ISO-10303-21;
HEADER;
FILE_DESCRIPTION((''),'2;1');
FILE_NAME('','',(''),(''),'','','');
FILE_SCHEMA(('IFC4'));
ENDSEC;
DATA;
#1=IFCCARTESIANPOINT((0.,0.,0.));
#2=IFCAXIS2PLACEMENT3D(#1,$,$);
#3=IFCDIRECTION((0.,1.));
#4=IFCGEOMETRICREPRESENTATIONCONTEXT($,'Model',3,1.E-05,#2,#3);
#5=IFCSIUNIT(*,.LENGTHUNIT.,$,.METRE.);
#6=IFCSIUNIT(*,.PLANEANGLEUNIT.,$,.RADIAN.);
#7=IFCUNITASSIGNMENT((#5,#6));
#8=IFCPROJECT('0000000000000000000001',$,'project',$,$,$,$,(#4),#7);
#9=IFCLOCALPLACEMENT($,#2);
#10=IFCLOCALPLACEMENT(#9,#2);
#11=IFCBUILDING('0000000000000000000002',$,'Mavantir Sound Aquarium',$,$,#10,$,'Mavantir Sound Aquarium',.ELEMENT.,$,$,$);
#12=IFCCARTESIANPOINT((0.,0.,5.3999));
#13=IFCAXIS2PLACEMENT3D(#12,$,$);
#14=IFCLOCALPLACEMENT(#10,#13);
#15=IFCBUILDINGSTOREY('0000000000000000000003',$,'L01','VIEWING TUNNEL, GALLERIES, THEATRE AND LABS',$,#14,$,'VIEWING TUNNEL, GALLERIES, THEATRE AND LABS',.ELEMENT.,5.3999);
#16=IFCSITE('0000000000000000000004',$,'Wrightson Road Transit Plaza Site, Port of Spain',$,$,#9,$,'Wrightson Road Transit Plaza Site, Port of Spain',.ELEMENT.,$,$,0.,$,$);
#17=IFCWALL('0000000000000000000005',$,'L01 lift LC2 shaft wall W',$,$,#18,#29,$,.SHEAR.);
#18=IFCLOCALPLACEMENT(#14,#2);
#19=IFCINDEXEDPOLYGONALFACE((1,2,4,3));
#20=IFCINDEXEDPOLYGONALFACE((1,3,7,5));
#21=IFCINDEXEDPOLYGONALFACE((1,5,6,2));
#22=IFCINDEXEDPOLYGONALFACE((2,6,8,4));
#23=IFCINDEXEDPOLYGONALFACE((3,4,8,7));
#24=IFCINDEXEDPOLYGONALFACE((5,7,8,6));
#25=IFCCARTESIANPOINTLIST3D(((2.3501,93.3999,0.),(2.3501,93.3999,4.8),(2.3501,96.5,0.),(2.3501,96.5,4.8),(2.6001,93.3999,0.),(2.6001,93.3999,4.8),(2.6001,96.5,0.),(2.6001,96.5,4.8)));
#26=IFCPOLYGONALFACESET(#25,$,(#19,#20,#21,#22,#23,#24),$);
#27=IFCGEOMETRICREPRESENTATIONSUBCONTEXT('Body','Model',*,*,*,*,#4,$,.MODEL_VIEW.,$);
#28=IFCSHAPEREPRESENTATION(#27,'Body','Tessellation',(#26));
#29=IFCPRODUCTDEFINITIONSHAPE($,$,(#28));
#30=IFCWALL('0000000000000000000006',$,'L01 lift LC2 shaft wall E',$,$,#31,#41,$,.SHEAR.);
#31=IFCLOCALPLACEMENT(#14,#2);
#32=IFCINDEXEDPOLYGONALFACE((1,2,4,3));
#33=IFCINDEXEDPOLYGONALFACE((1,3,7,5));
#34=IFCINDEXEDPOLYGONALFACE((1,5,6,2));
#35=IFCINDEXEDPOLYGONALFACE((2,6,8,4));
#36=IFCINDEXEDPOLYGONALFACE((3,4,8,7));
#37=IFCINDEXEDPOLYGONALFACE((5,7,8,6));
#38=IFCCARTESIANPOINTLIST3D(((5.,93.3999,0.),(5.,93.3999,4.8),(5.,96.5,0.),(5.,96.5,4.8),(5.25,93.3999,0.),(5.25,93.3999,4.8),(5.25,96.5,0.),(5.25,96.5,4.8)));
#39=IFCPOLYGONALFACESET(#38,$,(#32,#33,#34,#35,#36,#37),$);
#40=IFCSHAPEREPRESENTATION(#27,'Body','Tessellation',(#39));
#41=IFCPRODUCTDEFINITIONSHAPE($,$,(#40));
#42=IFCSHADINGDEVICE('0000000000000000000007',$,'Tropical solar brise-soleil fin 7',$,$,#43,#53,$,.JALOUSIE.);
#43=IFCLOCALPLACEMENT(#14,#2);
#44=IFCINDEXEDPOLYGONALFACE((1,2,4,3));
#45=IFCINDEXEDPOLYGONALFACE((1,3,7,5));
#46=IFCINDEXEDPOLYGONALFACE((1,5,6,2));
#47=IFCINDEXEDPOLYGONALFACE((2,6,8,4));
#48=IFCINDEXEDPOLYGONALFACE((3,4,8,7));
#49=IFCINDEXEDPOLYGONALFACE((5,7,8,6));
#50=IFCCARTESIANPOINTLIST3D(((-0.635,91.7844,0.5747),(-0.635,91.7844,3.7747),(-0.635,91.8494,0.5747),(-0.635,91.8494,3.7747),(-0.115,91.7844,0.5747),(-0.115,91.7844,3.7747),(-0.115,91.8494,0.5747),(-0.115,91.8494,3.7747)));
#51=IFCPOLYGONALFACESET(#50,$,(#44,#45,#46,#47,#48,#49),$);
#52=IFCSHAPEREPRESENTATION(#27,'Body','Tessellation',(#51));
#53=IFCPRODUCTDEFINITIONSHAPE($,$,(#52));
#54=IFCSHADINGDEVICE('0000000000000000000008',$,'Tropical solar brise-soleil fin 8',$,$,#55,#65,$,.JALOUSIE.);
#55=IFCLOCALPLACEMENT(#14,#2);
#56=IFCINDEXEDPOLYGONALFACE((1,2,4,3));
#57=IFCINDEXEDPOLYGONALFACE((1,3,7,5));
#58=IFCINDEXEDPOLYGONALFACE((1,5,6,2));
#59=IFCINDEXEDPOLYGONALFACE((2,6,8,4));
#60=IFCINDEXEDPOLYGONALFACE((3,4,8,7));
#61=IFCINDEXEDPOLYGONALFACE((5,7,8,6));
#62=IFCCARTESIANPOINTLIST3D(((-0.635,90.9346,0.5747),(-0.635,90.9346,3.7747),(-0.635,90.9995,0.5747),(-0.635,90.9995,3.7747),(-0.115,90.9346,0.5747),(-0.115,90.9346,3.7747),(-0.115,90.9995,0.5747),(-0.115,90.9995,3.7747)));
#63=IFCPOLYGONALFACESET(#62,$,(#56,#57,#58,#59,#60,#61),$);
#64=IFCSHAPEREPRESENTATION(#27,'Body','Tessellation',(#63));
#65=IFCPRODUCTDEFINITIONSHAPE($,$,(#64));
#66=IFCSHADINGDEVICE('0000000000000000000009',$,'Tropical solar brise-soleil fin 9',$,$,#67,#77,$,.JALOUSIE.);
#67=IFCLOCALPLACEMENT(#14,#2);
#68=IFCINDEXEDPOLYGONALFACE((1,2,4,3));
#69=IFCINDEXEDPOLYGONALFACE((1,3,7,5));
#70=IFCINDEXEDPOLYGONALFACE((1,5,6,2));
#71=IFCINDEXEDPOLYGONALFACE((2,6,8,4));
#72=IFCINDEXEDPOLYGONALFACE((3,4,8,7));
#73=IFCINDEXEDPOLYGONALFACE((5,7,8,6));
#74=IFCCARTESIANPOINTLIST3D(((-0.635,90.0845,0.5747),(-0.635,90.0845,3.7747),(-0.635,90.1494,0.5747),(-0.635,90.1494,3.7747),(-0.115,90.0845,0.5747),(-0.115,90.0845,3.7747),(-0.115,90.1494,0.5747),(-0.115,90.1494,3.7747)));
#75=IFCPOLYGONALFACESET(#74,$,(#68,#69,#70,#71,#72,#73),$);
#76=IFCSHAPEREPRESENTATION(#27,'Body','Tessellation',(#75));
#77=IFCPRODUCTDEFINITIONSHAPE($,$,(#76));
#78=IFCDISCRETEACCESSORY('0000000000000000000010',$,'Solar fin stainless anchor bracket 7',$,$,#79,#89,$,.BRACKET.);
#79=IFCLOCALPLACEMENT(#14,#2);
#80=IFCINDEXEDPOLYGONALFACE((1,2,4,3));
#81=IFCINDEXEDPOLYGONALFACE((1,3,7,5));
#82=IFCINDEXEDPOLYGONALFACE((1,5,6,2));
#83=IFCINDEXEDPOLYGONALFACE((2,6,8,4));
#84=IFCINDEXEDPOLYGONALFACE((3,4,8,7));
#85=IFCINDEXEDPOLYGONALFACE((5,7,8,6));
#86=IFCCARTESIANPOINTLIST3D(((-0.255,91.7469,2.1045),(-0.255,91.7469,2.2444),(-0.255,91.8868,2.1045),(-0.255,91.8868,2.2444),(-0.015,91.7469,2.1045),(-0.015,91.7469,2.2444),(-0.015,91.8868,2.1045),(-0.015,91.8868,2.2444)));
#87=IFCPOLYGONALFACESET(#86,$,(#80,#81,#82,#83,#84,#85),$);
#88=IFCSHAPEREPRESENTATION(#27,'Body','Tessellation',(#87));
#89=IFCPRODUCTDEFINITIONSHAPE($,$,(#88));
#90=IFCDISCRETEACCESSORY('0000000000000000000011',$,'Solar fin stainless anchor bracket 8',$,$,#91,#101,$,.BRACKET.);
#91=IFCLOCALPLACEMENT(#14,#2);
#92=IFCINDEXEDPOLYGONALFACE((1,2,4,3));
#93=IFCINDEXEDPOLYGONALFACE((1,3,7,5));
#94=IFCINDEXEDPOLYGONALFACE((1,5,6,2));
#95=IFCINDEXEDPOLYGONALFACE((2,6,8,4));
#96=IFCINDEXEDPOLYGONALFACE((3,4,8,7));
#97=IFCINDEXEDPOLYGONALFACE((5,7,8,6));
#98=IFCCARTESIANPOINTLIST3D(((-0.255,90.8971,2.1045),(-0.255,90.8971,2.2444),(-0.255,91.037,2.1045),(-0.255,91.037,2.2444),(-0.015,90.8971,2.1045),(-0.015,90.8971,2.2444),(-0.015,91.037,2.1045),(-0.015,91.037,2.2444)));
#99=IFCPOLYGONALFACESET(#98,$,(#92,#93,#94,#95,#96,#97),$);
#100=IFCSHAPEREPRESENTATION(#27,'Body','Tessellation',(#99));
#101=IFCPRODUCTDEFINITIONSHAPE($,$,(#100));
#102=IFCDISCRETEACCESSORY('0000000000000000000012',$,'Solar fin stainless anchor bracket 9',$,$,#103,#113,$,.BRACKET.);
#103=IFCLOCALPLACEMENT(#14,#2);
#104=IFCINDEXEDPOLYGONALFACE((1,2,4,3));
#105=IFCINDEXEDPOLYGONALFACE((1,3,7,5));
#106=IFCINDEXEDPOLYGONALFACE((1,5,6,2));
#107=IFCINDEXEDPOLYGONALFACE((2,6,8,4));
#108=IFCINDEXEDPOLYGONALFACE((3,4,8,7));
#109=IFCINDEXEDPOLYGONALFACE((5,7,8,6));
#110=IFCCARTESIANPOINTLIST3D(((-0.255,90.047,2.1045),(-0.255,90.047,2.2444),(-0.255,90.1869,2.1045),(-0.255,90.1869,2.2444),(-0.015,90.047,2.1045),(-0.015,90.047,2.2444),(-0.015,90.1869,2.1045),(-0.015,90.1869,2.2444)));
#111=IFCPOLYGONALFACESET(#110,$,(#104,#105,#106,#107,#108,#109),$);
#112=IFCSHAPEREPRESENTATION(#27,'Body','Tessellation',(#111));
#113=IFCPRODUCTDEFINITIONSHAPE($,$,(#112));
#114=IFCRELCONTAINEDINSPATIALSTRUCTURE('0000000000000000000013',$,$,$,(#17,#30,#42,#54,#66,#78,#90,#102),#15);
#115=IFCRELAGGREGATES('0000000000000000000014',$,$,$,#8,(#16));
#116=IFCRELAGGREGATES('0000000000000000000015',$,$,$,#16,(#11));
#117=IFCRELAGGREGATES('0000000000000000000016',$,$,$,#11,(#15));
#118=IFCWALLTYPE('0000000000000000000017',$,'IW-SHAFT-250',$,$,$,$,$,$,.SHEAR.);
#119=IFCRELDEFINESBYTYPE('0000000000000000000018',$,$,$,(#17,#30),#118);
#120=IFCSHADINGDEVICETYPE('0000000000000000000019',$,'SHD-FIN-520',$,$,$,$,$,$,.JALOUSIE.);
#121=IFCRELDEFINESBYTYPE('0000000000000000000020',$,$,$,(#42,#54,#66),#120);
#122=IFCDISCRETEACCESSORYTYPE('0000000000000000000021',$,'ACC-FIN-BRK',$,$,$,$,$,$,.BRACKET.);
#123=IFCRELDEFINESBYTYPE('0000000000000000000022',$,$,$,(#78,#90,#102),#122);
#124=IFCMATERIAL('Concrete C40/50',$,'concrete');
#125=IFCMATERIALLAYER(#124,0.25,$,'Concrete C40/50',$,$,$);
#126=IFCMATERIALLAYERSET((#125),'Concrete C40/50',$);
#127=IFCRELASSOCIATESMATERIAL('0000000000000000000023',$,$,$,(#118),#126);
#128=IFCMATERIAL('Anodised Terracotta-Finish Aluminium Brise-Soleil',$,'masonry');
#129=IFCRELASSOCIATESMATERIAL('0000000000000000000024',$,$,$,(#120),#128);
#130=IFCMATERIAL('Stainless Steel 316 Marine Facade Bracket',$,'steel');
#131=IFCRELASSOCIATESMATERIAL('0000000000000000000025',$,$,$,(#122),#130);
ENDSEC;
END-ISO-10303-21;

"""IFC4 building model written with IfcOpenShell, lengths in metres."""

from ifc_helpers import new_model, si_unit, direction, frame, frame_2d, origin, origin_2d, place, context, subcontext, project, spatial, rectangle, extrude, material, layer, layer_set, type_object, element, save


model = new_model("IFC4")

# Units and contexts
model_context = context("Model", 3, precision=1e-05, world=origin(), true_north=direction((0.0, 1.0)))
body_context = subcontext(model_context, "Body", "Model", "MODEL_VIEW")
ifc_project = project(units=[si_unit("LENGTHUNIT", "METRE"), si_unit("PLANEANGLEUNIT", "RADIAN")], contexts=[model_context])

# Site, building, storey
site_placement = place(None, origin())
site = spatial("IfcSite", under=ifc_project, at=site_placement, Name="Wrightson Road Transit Plaza Site, Port of Spain", LongName="Wrightson Road Transit Plaza Site, Port of Spain", CompositionType="ELEMENT", RefElevation=0.0)
building_placement = place(site_placement, origin())
building = spatial("IfcBuilding", under=site, at=building_placement, Name="Mavantir Sound Aquarium", LongName="Mavantir Sound Aquarium", CompositionType="ELEMENT")
storey_placement = place(building_placement, frame((0.0, 0.0, 5.3999)))
storey = spatial("IfcBuildingStorey", under=building, at=storey_placement, Name="L01", Description="VIEWING TUNNEL, GALLERIES, THEATRE AND LABS", LongName="VIEWING TUNNEL, GALLERIES, THEATRE AND LABS", CompositionType="ELEMENT", Elevation=5.3999)

# Shared definitions
ifc_material_1 = material(Name="Concrete C40/50", Category="concrete")

# Walls
ifc_layer_1 = layer(ifc_material_1, 0.25, Name="Concrete C40/50")
ifc_layer_set_1 = layer_set([ifc_layer_1], Name="Concrete C40/50")
wall_type_1 = type_object("IfcWallType", Name="IW-SHAFT-250", PredefinedType="SHEAR", material=ifc_layer_set_1)
for number, where, z_axis, x_axis, name in (
    (1, (2.4751, 93.3999, 0.0), (0.0, 0.0, 1.0), (0.0, 1.0, 0.0), "L01 lift LC2 shaft wall W"),
    (2, (5.125, 93.3999, 0.0), (0.0, 0.0, 1.0), (0.0, 1.0, 0.0), "L01 lift LC2 shaft wall E"),
):
    element("IfcWall", number, at=place(storey_placement, frame(where, z_axis=z_axis, x_axis=x_axis)), inside=storey, type_object=wall_type_1, Name=name, PredefinedType="SHEAR", context=body_context, shape_type="SweptSolid", body=[
        extrude(rectangle(XDim=3.1001, YDim=0.25, at=frame_2d((1.55, 0.0))), origin(), (0.0, 0.0, 1.0), 4.8),
    ])

# Shading devices
ifc_material_2 = material(Name="Anodised Terracotta-Finish Aluminium Brise-Soleil", Category="masonry")
shading_device_type = type_object("IfcShadingDeviceType", Name="SHD-FIN-520", PredefinedType="JALOUSIE", material=ifc_material_2)
for number, where, z_axis, x_axis, name in (
    (3, (-0.375, 91.8169, 0.5747), (0.0, 0.0, 1.0), (0.0, 1.0, 0.0), "Tropical solar brise-soleil fin 7"),
    (4, (-0.375, 90.967, 0.5747), (0.0, 0.0, 1.0), (0.0, 1.0, 0.0), "Tropical solar brise-soleil fin 8"),
    (5, (-0.375, 90.1169, 0.5747), (0.0, 0.0, 1.0), (0.0, 1.0, 0.0), "Tropical solar brise-soleil fin 9"),
):
    element("IfcShadingDevice", number, at=place(storey_placement, frame(where, z_axis=z_axis, x_axis=x_axis)), inside=storey, type_object=shading_device_type, Name=name, PredefinedType="JALOUSIE", context=body_context, shape_type="SweptSolid", body=[
        extrude(rectangle(XDim=0.0649, YDim=0.52, at=origin_2d()), origin(), (0.0, 0.0, 1.0), 3.2),
    ])

# Discrete accessories
ifc_material_3 = material(Name="Stainless Steel 316 Marine Facade Bracket", Category="steel")
discrete_accessory_type = type_object("IfcDiscreteAccessoryType", Name="ACC-FIN-BRK", PredefinedType="BRACKET", material=ifc_material_3)
for number, where, z_axis, x_axis, name in (
    (6, (-0.135, 91.8169, 2.1045), (0.0, 0.0, 1.0), (0.0, 1.0, 0.0), "Solar fin stainless anchor bracket 7"),
    (7, (-0.135, 90.967, 2.1045), (0.0, 0.0, 1.0), (0.0, 1.0, 0.0), "Solar fin stainless anchor bracket 8"),
    (8, (-0.135, 90.1169, 2.1045), (0.0, 0.0, 1.0), (0.0, 1.0, 0.0), "Solar fin stainless anchor bracket 9"),
):
    element("IfcDiscreteAccessory", number, at=place(storey_placement, frame(where, z_axis=z_axis, x_axis=x_axis)), inside=storey, type_object=discrete_accessory_type, Name=name, PredefinedType="BRACKET", context=body_context, shape_type="SweptSolid", body=[
        extrude(rectangle(XDim=0.1399, YDim=0.24, at=origin_2d()), origin(), (0.0, 0.0, 1.0), 0.1399),
    ])

save(model, "model.ifc")
